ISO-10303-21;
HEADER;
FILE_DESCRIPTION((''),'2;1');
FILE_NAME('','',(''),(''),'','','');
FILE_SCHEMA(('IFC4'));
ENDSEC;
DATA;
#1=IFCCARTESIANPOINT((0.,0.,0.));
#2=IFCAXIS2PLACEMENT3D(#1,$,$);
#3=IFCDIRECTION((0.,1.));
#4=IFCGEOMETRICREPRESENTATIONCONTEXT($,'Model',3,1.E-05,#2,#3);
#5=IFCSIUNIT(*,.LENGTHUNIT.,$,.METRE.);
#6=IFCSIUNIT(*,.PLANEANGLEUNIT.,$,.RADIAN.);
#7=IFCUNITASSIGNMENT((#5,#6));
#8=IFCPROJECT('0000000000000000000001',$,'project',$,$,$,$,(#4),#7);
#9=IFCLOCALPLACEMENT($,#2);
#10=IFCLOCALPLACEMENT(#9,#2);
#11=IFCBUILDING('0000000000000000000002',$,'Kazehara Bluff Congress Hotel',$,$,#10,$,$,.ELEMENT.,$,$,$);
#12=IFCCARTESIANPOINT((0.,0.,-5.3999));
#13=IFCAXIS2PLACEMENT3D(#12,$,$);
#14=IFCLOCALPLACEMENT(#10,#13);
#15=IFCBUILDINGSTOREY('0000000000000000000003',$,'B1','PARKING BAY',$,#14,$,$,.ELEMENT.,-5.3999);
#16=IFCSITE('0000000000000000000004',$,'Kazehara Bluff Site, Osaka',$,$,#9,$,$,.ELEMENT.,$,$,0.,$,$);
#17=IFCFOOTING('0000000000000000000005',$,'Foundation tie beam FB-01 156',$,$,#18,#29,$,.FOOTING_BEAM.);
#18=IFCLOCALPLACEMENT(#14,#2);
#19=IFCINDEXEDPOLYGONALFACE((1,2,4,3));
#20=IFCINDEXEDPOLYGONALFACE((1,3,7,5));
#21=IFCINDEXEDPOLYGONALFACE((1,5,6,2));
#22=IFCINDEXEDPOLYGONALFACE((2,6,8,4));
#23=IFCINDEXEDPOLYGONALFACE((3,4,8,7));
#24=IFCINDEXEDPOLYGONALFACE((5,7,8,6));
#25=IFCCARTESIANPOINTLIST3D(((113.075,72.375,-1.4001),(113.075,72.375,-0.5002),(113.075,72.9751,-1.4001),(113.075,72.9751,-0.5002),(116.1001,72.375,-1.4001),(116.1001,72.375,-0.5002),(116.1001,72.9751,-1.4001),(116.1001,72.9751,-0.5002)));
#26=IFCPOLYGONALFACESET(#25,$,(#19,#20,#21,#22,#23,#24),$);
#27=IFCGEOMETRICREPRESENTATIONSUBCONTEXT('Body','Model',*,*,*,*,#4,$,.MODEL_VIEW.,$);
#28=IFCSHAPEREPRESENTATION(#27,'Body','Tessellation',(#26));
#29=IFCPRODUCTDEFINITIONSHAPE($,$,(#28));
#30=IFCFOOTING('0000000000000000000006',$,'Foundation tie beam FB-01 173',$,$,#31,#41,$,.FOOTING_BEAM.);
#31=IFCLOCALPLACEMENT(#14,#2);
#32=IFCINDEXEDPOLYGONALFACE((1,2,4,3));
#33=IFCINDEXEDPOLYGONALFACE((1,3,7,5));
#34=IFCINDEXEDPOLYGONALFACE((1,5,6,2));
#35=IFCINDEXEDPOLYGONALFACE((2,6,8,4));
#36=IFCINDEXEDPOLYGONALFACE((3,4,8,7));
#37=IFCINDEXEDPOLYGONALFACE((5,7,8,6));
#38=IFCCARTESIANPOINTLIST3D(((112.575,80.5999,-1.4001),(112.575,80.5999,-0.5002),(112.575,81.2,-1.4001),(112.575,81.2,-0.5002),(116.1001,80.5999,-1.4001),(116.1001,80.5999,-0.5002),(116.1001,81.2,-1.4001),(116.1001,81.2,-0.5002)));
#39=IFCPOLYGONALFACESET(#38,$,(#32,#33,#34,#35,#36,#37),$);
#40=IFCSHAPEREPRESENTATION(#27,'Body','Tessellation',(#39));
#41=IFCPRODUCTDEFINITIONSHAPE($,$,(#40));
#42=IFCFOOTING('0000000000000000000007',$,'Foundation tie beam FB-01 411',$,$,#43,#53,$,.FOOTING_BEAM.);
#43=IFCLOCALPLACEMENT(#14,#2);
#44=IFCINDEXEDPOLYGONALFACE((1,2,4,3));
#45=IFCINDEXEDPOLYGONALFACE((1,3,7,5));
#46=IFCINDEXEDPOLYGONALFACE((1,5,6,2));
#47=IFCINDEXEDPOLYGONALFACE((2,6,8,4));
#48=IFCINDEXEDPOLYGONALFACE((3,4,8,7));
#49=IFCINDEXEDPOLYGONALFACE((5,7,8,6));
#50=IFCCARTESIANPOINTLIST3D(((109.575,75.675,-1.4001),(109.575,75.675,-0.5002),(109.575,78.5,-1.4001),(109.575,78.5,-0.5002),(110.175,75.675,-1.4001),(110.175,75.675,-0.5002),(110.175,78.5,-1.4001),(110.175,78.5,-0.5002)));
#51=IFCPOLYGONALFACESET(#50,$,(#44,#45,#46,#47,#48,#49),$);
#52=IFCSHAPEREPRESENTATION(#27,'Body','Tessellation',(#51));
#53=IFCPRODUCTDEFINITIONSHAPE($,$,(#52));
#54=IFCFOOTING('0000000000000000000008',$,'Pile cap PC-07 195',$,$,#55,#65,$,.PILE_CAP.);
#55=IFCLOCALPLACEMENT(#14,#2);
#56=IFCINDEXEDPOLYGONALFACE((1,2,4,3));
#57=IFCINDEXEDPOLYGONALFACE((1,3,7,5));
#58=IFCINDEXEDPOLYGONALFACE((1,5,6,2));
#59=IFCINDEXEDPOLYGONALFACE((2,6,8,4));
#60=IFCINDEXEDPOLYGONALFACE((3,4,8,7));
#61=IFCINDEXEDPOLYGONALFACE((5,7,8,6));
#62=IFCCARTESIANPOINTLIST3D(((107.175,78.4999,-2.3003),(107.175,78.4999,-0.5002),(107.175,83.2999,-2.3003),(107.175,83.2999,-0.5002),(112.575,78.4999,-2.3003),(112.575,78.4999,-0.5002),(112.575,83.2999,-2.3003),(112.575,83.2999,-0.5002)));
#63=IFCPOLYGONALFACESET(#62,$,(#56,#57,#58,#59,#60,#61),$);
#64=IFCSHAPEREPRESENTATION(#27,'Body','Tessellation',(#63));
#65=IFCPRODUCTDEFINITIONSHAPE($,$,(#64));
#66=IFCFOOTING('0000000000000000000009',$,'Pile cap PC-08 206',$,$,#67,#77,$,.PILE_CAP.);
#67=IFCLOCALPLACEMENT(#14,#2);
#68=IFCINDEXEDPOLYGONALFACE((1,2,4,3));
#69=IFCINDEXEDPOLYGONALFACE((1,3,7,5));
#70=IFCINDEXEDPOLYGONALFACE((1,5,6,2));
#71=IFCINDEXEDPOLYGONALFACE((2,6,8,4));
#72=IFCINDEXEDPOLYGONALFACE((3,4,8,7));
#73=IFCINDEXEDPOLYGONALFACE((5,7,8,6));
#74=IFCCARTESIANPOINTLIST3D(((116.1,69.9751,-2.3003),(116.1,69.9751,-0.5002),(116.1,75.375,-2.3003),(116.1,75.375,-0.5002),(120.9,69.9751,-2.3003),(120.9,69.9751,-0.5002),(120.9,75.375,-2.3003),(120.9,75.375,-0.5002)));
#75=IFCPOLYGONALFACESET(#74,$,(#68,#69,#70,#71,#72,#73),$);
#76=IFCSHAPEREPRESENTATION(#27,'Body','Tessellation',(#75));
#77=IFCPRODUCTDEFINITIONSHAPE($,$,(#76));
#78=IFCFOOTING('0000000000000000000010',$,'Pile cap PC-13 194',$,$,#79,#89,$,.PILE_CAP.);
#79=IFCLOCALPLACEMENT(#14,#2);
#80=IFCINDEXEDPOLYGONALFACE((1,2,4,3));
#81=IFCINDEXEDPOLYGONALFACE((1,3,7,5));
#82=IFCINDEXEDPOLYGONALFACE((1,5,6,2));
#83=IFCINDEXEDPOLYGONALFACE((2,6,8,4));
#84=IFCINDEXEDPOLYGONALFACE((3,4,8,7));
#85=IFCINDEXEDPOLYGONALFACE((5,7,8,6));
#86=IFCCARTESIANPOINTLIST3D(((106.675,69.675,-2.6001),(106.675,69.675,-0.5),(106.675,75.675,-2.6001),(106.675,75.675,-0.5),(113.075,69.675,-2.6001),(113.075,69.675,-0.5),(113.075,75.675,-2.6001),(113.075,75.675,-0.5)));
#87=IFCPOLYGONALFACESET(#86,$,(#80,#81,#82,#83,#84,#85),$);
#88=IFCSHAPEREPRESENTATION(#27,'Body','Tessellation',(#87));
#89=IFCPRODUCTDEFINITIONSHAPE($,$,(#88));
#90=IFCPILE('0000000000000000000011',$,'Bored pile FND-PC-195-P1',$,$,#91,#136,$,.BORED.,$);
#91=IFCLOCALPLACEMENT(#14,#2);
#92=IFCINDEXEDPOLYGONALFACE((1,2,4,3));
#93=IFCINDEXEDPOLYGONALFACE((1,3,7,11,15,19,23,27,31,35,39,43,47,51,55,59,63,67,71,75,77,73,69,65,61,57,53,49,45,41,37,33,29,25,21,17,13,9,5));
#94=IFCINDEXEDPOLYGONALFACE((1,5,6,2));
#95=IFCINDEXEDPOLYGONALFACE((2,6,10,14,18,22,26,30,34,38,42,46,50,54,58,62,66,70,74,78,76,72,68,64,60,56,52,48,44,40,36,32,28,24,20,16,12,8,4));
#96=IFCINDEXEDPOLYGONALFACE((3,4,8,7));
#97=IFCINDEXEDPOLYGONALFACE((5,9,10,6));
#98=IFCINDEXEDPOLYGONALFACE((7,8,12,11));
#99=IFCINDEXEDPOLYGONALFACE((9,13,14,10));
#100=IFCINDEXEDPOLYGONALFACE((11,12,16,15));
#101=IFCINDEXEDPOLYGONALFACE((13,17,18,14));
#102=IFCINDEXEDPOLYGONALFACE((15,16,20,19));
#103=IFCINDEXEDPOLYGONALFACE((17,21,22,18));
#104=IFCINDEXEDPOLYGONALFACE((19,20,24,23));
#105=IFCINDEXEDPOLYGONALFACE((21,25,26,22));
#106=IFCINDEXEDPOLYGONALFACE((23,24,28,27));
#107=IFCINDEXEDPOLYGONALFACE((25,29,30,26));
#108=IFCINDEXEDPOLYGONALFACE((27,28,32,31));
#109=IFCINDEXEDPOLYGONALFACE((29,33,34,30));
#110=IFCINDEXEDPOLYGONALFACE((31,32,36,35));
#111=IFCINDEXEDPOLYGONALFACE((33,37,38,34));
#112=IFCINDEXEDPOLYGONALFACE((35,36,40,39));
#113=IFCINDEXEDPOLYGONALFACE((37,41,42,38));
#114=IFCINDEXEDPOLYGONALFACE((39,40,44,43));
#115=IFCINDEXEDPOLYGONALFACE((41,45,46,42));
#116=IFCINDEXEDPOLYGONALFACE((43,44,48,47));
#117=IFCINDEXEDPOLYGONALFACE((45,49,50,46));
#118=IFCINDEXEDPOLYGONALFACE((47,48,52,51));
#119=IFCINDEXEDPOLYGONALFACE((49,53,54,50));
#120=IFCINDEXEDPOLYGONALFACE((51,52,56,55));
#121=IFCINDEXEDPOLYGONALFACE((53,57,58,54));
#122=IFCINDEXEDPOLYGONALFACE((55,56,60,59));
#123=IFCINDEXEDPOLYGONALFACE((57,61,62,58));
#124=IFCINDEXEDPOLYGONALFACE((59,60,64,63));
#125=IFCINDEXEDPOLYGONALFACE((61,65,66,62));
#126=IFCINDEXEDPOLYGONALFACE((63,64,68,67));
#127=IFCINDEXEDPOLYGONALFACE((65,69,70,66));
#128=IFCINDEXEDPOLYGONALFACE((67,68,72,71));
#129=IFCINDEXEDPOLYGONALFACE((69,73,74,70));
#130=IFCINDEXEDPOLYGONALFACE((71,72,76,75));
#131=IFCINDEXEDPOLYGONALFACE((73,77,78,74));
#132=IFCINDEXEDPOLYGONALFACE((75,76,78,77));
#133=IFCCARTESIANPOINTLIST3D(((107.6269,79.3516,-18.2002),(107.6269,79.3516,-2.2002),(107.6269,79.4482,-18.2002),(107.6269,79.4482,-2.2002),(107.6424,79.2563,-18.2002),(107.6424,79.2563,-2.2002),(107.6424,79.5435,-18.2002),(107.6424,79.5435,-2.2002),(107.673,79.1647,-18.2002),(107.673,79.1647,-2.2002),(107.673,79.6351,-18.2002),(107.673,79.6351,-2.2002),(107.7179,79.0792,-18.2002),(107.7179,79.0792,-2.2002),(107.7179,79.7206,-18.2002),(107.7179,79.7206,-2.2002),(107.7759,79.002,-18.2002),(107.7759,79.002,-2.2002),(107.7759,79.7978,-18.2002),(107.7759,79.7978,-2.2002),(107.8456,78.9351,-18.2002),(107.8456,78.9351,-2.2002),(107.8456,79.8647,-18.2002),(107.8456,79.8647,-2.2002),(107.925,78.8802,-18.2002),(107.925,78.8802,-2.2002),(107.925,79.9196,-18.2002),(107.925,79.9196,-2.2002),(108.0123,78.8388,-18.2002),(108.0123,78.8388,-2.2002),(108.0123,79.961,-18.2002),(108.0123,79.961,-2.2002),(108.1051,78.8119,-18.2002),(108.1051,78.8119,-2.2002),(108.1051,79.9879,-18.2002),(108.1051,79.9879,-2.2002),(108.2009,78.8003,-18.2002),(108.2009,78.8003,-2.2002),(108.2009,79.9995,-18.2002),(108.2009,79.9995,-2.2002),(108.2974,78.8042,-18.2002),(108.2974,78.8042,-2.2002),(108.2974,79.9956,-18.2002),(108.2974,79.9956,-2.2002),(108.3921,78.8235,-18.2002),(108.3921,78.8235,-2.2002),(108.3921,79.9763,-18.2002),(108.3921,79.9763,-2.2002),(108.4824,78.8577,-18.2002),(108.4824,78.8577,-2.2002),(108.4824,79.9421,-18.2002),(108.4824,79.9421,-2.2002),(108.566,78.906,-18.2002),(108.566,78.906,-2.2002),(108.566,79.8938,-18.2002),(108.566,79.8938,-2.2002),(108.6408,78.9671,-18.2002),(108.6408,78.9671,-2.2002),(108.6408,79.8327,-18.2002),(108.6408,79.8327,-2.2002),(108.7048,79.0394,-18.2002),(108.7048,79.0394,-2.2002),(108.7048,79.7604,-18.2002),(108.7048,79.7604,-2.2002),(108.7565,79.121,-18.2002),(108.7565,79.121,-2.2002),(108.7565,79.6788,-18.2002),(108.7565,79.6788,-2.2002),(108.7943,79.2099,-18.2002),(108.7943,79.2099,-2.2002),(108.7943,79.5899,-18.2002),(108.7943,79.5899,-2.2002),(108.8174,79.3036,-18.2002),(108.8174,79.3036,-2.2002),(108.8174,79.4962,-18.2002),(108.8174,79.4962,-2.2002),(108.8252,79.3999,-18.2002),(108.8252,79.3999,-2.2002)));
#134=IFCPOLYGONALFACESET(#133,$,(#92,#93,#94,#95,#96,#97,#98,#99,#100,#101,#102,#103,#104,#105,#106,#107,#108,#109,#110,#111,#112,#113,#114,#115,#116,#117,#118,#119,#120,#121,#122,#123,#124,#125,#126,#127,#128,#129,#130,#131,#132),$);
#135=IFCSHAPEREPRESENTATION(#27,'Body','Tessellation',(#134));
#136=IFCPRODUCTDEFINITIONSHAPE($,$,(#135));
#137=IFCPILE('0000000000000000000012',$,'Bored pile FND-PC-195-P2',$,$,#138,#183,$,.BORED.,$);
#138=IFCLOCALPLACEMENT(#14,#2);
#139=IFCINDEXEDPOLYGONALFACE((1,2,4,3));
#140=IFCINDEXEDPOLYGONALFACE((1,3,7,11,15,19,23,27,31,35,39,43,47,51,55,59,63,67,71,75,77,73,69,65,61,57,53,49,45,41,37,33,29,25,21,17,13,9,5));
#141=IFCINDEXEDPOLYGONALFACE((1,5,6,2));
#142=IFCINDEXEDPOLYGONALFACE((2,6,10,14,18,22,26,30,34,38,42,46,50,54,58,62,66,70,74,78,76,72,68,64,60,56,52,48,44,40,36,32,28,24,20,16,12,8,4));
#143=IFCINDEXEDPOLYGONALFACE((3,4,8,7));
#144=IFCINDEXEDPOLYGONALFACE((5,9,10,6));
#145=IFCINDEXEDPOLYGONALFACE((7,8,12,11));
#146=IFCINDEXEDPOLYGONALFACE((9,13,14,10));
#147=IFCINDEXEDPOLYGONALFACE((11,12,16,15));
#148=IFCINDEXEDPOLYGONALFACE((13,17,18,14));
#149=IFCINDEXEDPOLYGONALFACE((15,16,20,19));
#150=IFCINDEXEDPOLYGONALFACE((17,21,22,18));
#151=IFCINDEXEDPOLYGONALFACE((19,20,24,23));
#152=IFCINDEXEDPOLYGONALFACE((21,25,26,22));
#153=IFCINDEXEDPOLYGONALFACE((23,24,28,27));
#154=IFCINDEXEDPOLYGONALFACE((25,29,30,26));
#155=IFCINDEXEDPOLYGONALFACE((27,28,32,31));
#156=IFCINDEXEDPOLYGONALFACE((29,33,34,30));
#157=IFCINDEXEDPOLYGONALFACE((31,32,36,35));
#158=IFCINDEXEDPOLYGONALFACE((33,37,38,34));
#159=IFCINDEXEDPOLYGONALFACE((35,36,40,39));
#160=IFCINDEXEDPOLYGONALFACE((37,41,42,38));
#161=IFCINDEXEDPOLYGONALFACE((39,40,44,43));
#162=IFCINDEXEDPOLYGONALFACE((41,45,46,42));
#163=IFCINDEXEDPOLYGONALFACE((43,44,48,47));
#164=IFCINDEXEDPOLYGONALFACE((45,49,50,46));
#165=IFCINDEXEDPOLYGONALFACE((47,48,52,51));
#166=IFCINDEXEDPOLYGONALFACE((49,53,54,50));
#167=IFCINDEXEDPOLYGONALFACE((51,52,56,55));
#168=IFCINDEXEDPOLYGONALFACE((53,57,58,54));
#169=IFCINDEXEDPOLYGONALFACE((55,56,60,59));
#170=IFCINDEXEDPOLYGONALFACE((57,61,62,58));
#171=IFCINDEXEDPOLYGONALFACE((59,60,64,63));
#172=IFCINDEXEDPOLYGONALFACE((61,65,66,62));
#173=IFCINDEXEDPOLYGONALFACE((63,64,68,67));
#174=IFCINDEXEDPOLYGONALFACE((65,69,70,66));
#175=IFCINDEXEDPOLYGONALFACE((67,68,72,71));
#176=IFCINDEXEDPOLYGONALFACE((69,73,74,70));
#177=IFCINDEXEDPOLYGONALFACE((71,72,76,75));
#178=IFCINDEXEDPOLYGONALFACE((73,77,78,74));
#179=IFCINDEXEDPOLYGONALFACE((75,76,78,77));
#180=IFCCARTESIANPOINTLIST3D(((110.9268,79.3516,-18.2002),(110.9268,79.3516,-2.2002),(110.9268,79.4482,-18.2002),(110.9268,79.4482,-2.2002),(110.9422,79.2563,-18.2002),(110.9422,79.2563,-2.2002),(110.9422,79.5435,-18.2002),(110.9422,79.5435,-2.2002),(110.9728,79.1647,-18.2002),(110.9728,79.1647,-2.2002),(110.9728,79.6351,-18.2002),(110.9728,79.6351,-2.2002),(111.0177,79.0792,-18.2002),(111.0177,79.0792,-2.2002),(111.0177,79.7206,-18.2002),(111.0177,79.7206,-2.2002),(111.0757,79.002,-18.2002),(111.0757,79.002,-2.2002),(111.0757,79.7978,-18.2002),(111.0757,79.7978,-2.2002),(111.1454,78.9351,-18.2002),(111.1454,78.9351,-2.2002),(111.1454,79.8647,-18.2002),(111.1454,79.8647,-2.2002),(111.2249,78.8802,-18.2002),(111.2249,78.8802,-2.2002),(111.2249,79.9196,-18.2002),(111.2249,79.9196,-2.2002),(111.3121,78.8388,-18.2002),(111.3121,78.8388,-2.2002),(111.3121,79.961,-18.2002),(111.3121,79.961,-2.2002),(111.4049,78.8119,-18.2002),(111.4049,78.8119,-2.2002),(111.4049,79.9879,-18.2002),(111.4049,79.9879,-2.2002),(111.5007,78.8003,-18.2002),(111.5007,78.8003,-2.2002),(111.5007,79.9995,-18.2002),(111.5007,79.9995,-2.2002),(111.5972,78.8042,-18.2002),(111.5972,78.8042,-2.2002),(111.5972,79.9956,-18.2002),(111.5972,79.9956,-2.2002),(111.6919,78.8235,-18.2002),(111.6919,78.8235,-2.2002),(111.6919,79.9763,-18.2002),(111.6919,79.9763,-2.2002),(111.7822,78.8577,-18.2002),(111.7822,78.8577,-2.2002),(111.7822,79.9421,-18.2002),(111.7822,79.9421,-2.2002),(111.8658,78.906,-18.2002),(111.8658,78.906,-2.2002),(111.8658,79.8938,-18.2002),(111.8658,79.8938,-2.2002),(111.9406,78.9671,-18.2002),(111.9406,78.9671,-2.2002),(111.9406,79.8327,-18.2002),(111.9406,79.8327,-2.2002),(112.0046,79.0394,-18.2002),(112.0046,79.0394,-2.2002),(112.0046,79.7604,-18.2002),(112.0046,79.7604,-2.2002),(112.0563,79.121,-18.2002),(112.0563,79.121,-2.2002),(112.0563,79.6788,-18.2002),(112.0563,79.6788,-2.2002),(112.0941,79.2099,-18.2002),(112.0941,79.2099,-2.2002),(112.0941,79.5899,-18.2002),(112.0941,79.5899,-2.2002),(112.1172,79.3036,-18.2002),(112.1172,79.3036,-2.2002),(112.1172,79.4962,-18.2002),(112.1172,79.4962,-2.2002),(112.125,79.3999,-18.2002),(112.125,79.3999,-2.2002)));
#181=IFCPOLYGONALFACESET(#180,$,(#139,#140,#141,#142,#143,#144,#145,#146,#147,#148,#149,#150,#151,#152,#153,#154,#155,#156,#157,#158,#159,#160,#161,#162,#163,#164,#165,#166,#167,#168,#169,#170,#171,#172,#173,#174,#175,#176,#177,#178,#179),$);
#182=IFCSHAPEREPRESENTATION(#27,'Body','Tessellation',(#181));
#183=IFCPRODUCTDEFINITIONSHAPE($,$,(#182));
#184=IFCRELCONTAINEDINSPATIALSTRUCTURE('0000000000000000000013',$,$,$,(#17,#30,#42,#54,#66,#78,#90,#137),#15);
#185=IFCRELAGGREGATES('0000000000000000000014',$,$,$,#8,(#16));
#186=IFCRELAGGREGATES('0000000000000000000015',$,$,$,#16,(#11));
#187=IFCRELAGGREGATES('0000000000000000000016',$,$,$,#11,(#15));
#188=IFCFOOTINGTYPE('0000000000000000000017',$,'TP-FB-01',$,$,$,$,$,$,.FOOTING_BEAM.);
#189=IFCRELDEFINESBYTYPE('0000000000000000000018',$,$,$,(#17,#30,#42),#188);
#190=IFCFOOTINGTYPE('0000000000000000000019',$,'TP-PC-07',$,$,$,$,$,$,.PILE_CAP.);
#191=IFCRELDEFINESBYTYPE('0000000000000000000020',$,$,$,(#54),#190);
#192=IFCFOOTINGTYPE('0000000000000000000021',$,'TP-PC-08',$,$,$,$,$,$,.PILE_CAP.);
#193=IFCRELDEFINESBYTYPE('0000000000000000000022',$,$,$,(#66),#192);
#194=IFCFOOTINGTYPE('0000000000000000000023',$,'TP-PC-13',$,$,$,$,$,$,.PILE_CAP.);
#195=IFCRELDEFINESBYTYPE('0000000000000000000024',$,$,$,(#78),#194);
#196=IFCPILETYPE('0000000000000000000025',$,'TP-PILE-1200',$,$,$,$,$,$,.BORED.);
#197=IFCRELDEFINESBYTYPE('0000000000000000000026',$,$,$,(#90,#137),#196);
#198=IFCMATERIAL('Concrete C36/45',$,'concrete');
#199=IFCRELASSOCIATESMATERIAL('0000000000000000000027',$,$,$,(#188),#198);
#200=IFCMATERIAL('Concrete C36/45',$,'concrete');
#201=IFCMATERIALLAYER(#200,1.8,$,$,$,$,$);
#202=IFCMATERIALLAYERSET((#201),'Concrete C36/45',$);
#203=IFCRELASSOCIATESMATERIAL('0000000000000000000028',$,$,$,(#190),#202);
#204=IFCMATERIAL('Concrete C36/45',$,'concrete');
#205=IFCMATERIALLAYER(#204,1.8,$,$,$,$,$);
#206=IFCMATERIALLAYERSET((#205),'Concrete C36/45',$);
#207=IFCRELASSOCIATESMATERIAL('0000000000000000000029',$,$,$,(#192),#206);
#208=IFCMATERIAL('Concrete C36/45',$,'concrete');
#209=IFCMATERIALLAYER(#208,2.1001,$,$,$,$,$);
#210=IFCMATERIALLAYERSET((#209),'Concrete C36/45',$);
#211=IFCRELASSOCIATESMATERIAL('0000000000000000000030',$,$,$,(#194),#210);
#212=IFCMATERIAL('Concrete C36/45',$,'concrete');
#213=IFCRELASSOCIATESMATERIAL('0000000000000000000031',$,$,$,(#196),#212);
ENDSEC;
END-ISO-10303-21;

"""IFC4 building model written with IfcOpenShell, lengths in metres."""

from ifc_helpers import new_model, si_unit, direction, frame, origin, origin_2d, place, context, subcontext, project, spatial, rectangle, circle, extrude, material, layer, layer_set, material_profile, profile_set, type_object, element, save


model = new_model("IFC4")

# Units and contexts
model_context = context("Model", 3, precision=1e-05, world=origin(), true_north=direction((0.0, 1.0)))
body_context = subcontext(model_context, "Body", "Model", "MODEL_VIEW")
ifc_project = project(units=[si_unit("LENGTHUNIT", "METRE"), si_unit("PLANEANGLEUNIT", "RADIAN")], contexts=[model_context])

# Site, building, storey
site_placement = place(None, origin())
site = spatial("IfcSite", under=ifc_project, at=site_placement, Name="Kazehara Bluff Site, Osaka", CompositionType="ELEMENT", RefElevation=0.0)
building_placement = place(site_placement, origin())
building = spatial("IfcBuilding", under=site, at=building_placement, Name="Kazehara Bluff Congress Hotel", CompositionType="ELEMENT")
storey_placement = place(building_placement, frame((0.0, 0.0, -5.3999)))
storey = spatial("IfcBuildingStorey", under=building, at=storey_placement, Name="B1", Description="PARKING BAY", CompositionType="ELEMENT", Elevation=-5.3999)

# Footings
ifc_material_1 = material(Name="Concrete C36/45", Category="concrete")
ifc_material_profile_1 = material_profile(ifc_material_1, rectangle(XDim=0.6001, YDim=0.8999, at=origin_2d()))
ifc_profile_set_1 = profile_set([ifc_material_profile_1], Name="Concrete C36/45")
footing_type_1 = type_object("IfcFootingType", Name="TP-FB-01", PredefinedType="FOOTING_BEAM", material=ifc_profile_set_1)
footing_1_placement = place(storey_placement, frame((113.075, 72.675, -0.9502), z_axis=(1.0, 0.0, 0.0), x_axis=(0.0, 1.0, 0.0)))
element("IfcFooting", 1, at=footing_1_placement, inside=storey, type_object=footing_type_1, Name="Foundation tie beam FB-01 156", PredefinedType="FOOTING_BEAM", context=body_context, shape_type="SweptSolid", body=[
    extrude(rectangle(XDim=0.6001, YDim=0.8999, at=origin_2d()), origin(), (0.0, 0.0, 1.0), 3.0251),
])
footing_2_placement = place(storey_placement, frame((112.575, 80.8999, -0.9502), z_axis=(1.0, 0.0, 0.0), x_axis=(0.0, 1.0, 0.0)))
element("IfcFooting", 2, at=footing_2_placement, inside=storey, type_object=footing_type_1, Name="Foundation tie beam FB-01 173", PredefinedType="FOOTING_BEAM", context=body_context, shape_type="SweptSolid", body=[
    extrude(rectangle(XDim=0.6001, YDim=0.8999, at=origin_2d()), origin(), (0.0, 0.0, 1.0), 3.5251),
])
footing_3_placement = place(storey_placement, frame((109.875, 75.675, -0.9502), z_axis=(0.0, 1.0, 0.0), x_axis=(-1.0, 0.0, 0.0)))
element("IfcFooting", 3, at=footing_3_placement, inside=storey, type_object=footing_type_1, Name="Foundation tie beam FB-01 411", PredefinedType="FOOTING_BEAM", context=body_context, shape_type="SweptSolid", body=[
    extrude(rectangle(XDim=0.6001, YDim=0.8999, at=origin_2d()), origin(), (0.0, 0.0, 1.0), 2.825),
])
ifc_material_2 = material(Name="Concrete C36/45", Category="concrete")
ifc_layer_1 = layer(ifc_material_2, 1.8)
ifc_layer_set_1 = layer_set([ifc_layer_1], Name="Concrete C36/45")
footing_type_2 = type_object("IfcFootingType", Name="TP-PC-07", PredefinedType="PILE_CAP", material=ifc_layer_set_1)
footing_4_placement = place(storey_placement, frame((109.875, 80.8999, -2.3003), z_axis=(0.0, 0.0, 1.0), x_axis=(1.0, 0.0, 0.0)))
element("IfcFooting", 4, at=footing_4_placement, inside=storey, type_object=footing_type_2, Name="Pile cap PC-07 195", PredefinedType="PILE_CAP", context=body_context, shape_type="SweptSolid", body=[
    extrude(rectangle(XDim=5.3999, YDim=4.8, at=origin_2d()), origin(), (0.0, 0.0, 1.0), 1.8),
])
ifc_material_3 = material(Name="Concrete C36/45", Category="concrete")
ifc_layer_2 = layer(ifc_material_3, 1.8)
ifc_layer_set_2 = layer_set([ifc_layer_2], Name="Concrete C36/45")
footing_type_3 = type_object("IfcFootingType", Name="TP-PC-08", PredefinedType="PILE_CAP", material=ifc_layer_set_2)
footing_5_placement = place(storey_placement, frame((118.5, 72.675, -2.3003), z_axis=(0.0, 0.0, 1.0), x_axis=(1.0, 0.0, 0.0)))
element("IfcFooting", 5, at=footing_5_placement, inside=storey, type_object=footing_type_3, Name="Pile cap PC-08 206", PredefinedType="PILE_CAP", context=body_context, shape_type="SweptSolid", body=[
    extrude(rectangle(XDim=4.8, YDim=5.3999, at=origin_2d()), origin(), (0.0, 0.0, 1.0), 1.8),
])
ifc_material_4 = material(Name="Concrete C36/45", Category="concrete")
ifc_layer_3 = layer(ifc_material_4, 2.1001)
ifc_layer_set_3 = layer_set([ifc_layer_3], Name="Concrete C36/45")
footing_type_4 = type_object("IfcFootingType", Name="TP-PC-13", PredefinedType="PILE_CAP", material=ifc_layer_set_3)
footing_6_placement = place(storey_placement, frame((109.875, 72.675, -2.6001), z_axis=(0.0, 0.0, 1.0), x_axis=(1.0, 0.0, 0.0)))
element("IfcFooting", 6, at=footing_6_placement, inside=storey, type_object=footing_type_4, Name="Pile cap PC-13 194", PredefinedType="PILE_CAP", context=body_context, shape_type="SweptSolid", body=[
    extrude(rectangle(XDim=6.3999, YDim=6.0, at=origin_2d()), origin(), (0.0, 0.0, 1.0), 2.1001),
])

# Piles
ifc_material_5 = material(Name="Concrete C36/45", Category="concrete")
ifc_material_profile_2 = material_profile(ifc_material_5, circle(Radius=0.6001, at=origin_2d()))
ifc_profile_set_2 = profile_set([ifc_material_profile_2], Name="Concrete C36/45")
pile_type_1 = type_object("IfcPileType", Name="TP-PILE-1200", PredefinedType="BORED", material=ifc_profile_set_2)
for number, where, z_axis, x_axis, name in (
    (7, (108.2251, 79.3999, -2.2002), (0.0, 0.0, -1.0), (1.0, 0.0, 0.0), "Bored pile FND-PC-195-P1"),
    (8, (111.5249, 79.3999, -2.2002), (0.0, 0.0, -1.0), (1.0, 0.0, 0.0), "Bored pile FND-PC-195-P2"),
):
    element("IfcPile", number, at=place(storey_placement, frame(where, z_axis=z_axis, x_axis=x_axis)), inside=storey, type_object=pile_type_1, Name=name, PredefinedType="BORED", context=body_context, shape_type="SweptSolid", body=[
        extrude(circle(Radius=0.6001, at=origin_2d()), origin(), (0.0, 0.0, 1.0), 16.0),
    ])

save(model, "model.ifc")
